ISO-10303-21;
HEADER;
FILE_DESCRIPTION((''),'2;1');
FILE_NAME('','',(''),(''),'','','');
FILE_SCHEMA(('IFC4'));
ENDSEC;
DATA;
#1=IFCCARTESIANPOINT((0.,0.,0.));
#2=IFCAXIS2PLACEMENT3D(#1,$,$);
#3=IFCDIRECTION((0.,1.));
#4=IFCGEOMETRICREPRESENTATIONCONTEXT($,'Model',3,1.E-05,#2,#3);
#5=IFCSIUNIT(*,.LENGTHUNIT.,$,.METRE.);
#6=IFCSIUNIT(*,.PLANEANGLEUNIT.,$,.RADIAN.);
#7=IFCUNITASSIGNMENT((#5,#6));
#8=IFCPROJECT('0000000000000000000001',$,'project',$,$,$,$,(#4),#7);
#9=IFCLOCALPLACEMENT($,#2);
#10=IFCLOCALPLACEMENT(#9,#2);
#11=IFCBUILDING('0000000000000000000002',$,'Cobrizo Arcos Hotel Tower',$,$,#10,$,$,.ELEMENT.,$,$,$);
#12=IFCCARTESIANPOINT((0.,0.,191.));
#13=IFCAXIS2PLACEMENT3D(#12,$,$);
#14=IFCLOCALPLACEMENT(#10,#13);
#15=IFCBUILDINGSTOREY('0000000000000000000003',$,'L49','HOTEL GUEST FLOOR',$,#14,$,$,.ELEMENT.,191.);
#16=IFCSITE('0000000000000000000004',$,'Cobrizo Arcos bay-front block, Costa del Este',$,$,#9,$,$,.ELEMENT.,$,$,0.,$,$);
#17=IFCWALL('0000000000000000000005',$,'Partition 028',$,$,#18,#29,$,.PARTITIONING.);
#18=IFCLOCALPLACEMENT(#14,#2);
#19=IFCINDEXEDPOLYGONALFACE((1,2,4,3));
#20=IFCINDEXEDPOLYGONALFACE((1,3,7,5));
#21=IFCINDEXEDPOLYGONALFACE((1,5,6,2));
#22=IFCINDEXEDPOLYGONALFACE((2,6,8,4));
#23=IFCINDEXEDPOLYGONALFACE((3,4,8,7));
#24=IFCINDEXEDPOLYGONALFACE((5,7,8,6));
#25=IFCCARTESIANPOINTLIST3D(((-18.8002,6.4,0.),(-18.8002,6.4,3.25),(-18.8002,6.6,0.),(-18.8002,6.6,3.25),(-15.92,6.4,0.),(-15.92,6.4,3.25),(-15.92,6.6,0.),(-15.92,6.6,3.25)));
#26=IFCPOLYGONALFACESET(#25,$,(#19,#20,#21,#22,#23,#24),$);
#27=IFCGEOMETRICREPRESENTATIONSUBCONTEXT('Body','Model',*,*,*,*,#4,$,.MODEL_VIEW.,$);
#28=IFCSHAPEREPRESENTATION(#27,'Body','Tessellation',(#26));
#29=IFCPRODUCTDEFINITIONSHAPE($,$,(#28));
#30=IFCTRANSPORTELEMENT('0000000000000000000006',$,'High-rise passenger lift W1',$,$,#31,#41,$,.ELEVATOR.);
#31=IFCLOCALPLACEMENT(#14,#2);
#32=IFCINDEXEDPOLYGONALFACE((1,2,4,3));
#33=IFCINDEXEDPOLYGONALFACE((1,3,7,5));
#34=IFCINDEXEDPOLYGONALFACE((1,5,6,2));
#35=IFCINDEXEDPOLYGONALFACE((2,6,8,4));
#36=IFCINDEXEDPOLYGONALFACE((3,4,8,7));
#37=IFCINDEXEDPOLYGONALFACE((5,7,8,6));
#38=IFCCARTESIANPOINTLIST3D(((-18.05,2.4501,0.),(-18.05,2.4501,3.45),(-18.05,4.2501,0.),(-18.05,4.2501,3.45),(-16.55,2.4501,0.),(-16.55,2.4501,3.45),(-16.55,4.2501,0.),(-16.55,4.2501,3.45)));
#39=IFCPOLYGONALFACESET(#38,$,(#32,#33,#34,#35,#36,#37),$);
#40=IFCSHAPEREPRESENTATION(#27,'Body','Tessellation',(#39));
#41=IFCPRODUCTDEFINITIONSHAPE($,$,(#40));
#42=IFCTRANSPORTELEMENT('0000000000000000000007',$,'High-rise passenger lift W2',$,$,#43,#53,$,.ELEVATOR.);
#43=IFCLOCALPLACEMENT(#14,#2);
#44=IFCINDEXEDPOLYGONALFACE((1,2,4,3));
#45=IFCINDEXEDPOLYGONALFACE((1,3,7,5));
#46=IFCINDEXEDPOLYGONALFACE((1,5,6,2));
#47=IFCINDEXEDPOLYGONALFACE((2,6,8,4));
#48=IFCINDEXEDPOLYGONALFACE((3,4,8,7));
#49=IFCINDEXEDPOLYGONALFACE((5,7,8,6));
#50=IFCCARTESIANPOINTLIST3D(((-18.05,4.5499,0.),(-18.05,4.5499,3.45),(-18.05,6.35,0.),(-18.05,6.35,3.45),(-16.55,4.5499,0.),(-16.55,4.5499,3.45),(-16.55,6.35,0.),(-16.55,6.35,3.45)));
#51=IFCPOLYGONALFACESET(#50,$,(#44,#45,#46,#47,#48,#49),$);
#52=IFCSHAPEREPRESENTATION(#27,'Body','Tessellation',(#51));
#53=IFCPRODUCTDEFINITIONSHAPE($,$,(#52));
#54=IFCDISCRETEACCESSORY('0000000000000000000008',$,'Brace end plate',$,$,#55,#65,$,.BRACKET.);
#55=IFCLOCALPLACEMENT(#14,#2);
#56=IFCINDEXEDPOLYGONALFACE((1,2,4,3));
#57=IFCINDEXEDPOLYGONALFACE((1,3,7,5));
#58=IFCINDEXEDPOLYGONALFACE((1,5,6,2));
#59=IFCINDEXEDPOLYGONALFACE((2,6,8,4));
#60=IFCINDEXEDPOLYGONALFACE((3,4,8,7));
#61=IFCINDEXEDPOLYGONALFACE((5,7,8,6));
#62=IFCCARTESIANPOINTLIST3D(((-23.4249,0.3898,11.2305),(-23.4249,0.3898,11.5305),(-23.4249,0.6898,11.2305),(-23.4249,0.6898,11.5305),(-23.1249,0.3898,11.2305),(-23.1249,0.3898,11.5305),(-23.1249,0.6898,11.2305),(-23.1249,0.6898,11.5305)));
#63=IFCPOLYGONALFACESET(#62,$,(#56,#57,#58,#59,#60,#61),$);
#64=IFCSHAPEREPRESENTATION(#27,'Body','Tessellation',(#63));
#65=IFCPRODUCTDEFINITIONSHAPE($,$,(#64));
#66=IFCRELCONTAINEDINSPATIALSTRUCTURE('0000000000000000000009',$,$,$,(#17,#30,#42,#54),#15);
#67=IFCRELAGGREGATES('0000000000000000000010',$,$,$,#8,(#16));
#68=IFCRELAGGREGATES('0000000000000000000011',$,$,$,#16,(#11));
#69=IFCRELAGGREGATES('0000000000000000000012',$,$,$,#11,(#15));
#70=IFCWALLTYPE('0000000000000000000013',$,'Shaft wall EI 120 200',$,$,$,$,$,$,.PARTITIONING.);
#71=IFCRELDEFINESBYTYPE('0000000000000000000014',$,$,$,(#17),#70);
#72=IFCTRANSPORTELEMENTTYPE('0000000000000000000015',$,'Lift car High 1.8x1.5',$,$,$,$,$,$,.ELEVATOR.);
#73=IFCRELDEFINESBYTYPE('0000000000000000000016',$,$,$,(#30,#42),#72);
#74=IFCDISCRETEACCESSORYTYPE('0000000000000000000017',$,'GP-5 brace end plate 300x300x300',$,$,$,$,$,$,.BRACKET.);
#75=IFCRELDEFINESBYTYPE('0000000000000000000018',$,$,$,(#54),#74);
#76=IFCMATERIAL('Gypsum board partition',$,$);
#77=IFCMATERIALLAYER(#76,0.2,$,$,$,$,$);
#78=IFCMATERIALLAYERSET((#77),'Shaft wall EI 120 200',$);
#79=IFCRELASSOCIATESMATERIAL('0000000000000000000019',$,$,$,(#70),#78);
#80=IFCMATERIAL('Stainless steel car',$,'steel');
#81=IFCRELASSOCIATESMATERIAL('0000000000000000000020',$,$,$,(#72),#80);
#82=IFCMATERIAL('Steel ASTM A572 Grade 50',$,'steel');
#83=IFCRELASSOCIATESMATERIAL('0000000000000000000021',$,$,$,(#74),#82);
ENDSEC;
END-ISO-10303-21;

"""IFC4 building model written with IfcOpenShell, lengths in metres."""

from ifc_helpers import new_model, si_unit, direction, frame, frame_2d, origin, origin_2d, place, context, subcontext, project, spatial, rectangle, extrude, material, layer, layer_set, type_object, element, save


model = new_model("IFC4")

# Units and contexts
model_context = context("Model", 3, precision=1e-05, world=origin(), true_north=direction((0.0, 1.0)))
body_context = subcontext(model_context, "Body", "Model", "MODEL_VIEW")
ifc_project = project(units=[si_unit("LENGTHUNIT", "METRE"), si_unit("PLANEANGLEUNIT", "RADIAN")], contexts=[model_context])

# Site, building, storey
site_placement = place(None, origin())
site = spatial("IfcSite", under=ifc_project, at=site_placement, Name="Cobrizo Arcos bay-front block, Costa del Este", CompositionType="ELEMENT", RefElevation=0.0)
building_placement = place(site_placement, origin())
building = spatial("IfcBuilding", under=site, at=building_placement, Name="Cobrizo Arcos Hotel Tower", CompositionType="ELEMENT")
storey_placement = place(building_placement, frame((0.0, 0.0, 191.0)))
storey = spatial("IfcBuildingStorey", under=building, at=storey_placement, Name="L49", Description="HOTEL GUEST FLOOR", CompositionType="ELEMENT", Elevation=191.0)

# Shared definitions
ifc_material_1 = material(Name="Steel ASTM A572 Grade 50", Category="steel")

# Shared definitions
ifc_material_2 = material(Name="Gypsum board partition")

# Shared definitions
ifc_layer_1 = layer(ifc_material_2, 0.2)
ifc_layer_set_1 = layer_set([ifc_layer_1], Name="Shaft wall EI 120 200")
wall_type_1 = type_object("IfcWallType", Name="Shaft wall EI 120 200", PredefinedType="PARTITIONING", material=ifc_layer_set_1)

# Wall
for number, where, z_axis, x_axis, name in (
    (1, (-18.8, 6.5, 0.0), (0.0, 0.0, 1.0), (1.0, 0.0, 0.0), "Partition 028"),
):
    element("IfcWall", number, at=place(storey_placement, frame(where, z_axis=z_axis, x_axis=x_axis)), inside=storey, type_object=wall_type_1, Name=name, PredefinedType="PARTITIONING", context=body_context, shape_type="SweptSolid", body=[
        extrude(rectangle(XDim=2.8801, YDim=0.2, at=frame_2d((1.4399, 0.0))), origin(), (0.0, 0.0, 1.0), 3.25),
    ])

# Transport elements
ifc_material_3 = material(Name="Stainless steel car", Category="steel")
transport_element_type = type_object("IfcTransportElementType", Name="Lift car High 1.8x1.5", PredefinedType="ELEVATOR", material=ifc_material_3)
for number, where, z_axis, x_axis, name in (
    (2, (-17.3, 3.3501, 0.0), (0.0, 0.0, 1.0), (1.0, 0.0, 0.0), "High-rise passenger lift W1"),
    (3, (-17.3, 5.45, 0.0), (0.0, 0.0, 1.0), (1.0, 0.0, 0.0), "High-rise passenger lift W2"),
):
    element("IfcTransportElement", number, at=place(storey_placement, frame(where, z_axis=z_axis, x_axis=x_axis)), inside=storey, type_object=transport_element_type, Name=name, PredefinedType="ELEVATOR", context=body_context, shape_type="SweptSolid", body=[
        extrude(rectangle(XDim=1.5, YDim=1.8, at=origin_2d()), origin(), (0.0, 0.0, 1.0), 3.45),
    ])

# Discrete accessory
discrete_accessory_type = type_object("IfcDiscreteAccessoryType", Name="GP-5 brace end plate 300x300x300", PredefinedType="BRACKET", material=ifc_material_1)
discrete_accessory_placement = place(storey_placement, frame((-23.2749, 0.5398, 11.2305), z_axis=(0.0, 0.0, 1.0), x_axis=(1.0, 0.0, 0.0)))
element("IfcDiscreteAccessory", 4, at=discrete_accessory_placement, inside=storey, type_object=discrete_accessory_type, Name="Brace end plate", PredefinedType="BRACKET", context=body_context, shape_type="SweptSolid", body=[
    extrude(rectangle(XDim=0.3, YDim=0.3, at=origin_2d()), origin(), (0.0, 0.0, 1.0), 0.3),
])

save(model, "model.ifc")
